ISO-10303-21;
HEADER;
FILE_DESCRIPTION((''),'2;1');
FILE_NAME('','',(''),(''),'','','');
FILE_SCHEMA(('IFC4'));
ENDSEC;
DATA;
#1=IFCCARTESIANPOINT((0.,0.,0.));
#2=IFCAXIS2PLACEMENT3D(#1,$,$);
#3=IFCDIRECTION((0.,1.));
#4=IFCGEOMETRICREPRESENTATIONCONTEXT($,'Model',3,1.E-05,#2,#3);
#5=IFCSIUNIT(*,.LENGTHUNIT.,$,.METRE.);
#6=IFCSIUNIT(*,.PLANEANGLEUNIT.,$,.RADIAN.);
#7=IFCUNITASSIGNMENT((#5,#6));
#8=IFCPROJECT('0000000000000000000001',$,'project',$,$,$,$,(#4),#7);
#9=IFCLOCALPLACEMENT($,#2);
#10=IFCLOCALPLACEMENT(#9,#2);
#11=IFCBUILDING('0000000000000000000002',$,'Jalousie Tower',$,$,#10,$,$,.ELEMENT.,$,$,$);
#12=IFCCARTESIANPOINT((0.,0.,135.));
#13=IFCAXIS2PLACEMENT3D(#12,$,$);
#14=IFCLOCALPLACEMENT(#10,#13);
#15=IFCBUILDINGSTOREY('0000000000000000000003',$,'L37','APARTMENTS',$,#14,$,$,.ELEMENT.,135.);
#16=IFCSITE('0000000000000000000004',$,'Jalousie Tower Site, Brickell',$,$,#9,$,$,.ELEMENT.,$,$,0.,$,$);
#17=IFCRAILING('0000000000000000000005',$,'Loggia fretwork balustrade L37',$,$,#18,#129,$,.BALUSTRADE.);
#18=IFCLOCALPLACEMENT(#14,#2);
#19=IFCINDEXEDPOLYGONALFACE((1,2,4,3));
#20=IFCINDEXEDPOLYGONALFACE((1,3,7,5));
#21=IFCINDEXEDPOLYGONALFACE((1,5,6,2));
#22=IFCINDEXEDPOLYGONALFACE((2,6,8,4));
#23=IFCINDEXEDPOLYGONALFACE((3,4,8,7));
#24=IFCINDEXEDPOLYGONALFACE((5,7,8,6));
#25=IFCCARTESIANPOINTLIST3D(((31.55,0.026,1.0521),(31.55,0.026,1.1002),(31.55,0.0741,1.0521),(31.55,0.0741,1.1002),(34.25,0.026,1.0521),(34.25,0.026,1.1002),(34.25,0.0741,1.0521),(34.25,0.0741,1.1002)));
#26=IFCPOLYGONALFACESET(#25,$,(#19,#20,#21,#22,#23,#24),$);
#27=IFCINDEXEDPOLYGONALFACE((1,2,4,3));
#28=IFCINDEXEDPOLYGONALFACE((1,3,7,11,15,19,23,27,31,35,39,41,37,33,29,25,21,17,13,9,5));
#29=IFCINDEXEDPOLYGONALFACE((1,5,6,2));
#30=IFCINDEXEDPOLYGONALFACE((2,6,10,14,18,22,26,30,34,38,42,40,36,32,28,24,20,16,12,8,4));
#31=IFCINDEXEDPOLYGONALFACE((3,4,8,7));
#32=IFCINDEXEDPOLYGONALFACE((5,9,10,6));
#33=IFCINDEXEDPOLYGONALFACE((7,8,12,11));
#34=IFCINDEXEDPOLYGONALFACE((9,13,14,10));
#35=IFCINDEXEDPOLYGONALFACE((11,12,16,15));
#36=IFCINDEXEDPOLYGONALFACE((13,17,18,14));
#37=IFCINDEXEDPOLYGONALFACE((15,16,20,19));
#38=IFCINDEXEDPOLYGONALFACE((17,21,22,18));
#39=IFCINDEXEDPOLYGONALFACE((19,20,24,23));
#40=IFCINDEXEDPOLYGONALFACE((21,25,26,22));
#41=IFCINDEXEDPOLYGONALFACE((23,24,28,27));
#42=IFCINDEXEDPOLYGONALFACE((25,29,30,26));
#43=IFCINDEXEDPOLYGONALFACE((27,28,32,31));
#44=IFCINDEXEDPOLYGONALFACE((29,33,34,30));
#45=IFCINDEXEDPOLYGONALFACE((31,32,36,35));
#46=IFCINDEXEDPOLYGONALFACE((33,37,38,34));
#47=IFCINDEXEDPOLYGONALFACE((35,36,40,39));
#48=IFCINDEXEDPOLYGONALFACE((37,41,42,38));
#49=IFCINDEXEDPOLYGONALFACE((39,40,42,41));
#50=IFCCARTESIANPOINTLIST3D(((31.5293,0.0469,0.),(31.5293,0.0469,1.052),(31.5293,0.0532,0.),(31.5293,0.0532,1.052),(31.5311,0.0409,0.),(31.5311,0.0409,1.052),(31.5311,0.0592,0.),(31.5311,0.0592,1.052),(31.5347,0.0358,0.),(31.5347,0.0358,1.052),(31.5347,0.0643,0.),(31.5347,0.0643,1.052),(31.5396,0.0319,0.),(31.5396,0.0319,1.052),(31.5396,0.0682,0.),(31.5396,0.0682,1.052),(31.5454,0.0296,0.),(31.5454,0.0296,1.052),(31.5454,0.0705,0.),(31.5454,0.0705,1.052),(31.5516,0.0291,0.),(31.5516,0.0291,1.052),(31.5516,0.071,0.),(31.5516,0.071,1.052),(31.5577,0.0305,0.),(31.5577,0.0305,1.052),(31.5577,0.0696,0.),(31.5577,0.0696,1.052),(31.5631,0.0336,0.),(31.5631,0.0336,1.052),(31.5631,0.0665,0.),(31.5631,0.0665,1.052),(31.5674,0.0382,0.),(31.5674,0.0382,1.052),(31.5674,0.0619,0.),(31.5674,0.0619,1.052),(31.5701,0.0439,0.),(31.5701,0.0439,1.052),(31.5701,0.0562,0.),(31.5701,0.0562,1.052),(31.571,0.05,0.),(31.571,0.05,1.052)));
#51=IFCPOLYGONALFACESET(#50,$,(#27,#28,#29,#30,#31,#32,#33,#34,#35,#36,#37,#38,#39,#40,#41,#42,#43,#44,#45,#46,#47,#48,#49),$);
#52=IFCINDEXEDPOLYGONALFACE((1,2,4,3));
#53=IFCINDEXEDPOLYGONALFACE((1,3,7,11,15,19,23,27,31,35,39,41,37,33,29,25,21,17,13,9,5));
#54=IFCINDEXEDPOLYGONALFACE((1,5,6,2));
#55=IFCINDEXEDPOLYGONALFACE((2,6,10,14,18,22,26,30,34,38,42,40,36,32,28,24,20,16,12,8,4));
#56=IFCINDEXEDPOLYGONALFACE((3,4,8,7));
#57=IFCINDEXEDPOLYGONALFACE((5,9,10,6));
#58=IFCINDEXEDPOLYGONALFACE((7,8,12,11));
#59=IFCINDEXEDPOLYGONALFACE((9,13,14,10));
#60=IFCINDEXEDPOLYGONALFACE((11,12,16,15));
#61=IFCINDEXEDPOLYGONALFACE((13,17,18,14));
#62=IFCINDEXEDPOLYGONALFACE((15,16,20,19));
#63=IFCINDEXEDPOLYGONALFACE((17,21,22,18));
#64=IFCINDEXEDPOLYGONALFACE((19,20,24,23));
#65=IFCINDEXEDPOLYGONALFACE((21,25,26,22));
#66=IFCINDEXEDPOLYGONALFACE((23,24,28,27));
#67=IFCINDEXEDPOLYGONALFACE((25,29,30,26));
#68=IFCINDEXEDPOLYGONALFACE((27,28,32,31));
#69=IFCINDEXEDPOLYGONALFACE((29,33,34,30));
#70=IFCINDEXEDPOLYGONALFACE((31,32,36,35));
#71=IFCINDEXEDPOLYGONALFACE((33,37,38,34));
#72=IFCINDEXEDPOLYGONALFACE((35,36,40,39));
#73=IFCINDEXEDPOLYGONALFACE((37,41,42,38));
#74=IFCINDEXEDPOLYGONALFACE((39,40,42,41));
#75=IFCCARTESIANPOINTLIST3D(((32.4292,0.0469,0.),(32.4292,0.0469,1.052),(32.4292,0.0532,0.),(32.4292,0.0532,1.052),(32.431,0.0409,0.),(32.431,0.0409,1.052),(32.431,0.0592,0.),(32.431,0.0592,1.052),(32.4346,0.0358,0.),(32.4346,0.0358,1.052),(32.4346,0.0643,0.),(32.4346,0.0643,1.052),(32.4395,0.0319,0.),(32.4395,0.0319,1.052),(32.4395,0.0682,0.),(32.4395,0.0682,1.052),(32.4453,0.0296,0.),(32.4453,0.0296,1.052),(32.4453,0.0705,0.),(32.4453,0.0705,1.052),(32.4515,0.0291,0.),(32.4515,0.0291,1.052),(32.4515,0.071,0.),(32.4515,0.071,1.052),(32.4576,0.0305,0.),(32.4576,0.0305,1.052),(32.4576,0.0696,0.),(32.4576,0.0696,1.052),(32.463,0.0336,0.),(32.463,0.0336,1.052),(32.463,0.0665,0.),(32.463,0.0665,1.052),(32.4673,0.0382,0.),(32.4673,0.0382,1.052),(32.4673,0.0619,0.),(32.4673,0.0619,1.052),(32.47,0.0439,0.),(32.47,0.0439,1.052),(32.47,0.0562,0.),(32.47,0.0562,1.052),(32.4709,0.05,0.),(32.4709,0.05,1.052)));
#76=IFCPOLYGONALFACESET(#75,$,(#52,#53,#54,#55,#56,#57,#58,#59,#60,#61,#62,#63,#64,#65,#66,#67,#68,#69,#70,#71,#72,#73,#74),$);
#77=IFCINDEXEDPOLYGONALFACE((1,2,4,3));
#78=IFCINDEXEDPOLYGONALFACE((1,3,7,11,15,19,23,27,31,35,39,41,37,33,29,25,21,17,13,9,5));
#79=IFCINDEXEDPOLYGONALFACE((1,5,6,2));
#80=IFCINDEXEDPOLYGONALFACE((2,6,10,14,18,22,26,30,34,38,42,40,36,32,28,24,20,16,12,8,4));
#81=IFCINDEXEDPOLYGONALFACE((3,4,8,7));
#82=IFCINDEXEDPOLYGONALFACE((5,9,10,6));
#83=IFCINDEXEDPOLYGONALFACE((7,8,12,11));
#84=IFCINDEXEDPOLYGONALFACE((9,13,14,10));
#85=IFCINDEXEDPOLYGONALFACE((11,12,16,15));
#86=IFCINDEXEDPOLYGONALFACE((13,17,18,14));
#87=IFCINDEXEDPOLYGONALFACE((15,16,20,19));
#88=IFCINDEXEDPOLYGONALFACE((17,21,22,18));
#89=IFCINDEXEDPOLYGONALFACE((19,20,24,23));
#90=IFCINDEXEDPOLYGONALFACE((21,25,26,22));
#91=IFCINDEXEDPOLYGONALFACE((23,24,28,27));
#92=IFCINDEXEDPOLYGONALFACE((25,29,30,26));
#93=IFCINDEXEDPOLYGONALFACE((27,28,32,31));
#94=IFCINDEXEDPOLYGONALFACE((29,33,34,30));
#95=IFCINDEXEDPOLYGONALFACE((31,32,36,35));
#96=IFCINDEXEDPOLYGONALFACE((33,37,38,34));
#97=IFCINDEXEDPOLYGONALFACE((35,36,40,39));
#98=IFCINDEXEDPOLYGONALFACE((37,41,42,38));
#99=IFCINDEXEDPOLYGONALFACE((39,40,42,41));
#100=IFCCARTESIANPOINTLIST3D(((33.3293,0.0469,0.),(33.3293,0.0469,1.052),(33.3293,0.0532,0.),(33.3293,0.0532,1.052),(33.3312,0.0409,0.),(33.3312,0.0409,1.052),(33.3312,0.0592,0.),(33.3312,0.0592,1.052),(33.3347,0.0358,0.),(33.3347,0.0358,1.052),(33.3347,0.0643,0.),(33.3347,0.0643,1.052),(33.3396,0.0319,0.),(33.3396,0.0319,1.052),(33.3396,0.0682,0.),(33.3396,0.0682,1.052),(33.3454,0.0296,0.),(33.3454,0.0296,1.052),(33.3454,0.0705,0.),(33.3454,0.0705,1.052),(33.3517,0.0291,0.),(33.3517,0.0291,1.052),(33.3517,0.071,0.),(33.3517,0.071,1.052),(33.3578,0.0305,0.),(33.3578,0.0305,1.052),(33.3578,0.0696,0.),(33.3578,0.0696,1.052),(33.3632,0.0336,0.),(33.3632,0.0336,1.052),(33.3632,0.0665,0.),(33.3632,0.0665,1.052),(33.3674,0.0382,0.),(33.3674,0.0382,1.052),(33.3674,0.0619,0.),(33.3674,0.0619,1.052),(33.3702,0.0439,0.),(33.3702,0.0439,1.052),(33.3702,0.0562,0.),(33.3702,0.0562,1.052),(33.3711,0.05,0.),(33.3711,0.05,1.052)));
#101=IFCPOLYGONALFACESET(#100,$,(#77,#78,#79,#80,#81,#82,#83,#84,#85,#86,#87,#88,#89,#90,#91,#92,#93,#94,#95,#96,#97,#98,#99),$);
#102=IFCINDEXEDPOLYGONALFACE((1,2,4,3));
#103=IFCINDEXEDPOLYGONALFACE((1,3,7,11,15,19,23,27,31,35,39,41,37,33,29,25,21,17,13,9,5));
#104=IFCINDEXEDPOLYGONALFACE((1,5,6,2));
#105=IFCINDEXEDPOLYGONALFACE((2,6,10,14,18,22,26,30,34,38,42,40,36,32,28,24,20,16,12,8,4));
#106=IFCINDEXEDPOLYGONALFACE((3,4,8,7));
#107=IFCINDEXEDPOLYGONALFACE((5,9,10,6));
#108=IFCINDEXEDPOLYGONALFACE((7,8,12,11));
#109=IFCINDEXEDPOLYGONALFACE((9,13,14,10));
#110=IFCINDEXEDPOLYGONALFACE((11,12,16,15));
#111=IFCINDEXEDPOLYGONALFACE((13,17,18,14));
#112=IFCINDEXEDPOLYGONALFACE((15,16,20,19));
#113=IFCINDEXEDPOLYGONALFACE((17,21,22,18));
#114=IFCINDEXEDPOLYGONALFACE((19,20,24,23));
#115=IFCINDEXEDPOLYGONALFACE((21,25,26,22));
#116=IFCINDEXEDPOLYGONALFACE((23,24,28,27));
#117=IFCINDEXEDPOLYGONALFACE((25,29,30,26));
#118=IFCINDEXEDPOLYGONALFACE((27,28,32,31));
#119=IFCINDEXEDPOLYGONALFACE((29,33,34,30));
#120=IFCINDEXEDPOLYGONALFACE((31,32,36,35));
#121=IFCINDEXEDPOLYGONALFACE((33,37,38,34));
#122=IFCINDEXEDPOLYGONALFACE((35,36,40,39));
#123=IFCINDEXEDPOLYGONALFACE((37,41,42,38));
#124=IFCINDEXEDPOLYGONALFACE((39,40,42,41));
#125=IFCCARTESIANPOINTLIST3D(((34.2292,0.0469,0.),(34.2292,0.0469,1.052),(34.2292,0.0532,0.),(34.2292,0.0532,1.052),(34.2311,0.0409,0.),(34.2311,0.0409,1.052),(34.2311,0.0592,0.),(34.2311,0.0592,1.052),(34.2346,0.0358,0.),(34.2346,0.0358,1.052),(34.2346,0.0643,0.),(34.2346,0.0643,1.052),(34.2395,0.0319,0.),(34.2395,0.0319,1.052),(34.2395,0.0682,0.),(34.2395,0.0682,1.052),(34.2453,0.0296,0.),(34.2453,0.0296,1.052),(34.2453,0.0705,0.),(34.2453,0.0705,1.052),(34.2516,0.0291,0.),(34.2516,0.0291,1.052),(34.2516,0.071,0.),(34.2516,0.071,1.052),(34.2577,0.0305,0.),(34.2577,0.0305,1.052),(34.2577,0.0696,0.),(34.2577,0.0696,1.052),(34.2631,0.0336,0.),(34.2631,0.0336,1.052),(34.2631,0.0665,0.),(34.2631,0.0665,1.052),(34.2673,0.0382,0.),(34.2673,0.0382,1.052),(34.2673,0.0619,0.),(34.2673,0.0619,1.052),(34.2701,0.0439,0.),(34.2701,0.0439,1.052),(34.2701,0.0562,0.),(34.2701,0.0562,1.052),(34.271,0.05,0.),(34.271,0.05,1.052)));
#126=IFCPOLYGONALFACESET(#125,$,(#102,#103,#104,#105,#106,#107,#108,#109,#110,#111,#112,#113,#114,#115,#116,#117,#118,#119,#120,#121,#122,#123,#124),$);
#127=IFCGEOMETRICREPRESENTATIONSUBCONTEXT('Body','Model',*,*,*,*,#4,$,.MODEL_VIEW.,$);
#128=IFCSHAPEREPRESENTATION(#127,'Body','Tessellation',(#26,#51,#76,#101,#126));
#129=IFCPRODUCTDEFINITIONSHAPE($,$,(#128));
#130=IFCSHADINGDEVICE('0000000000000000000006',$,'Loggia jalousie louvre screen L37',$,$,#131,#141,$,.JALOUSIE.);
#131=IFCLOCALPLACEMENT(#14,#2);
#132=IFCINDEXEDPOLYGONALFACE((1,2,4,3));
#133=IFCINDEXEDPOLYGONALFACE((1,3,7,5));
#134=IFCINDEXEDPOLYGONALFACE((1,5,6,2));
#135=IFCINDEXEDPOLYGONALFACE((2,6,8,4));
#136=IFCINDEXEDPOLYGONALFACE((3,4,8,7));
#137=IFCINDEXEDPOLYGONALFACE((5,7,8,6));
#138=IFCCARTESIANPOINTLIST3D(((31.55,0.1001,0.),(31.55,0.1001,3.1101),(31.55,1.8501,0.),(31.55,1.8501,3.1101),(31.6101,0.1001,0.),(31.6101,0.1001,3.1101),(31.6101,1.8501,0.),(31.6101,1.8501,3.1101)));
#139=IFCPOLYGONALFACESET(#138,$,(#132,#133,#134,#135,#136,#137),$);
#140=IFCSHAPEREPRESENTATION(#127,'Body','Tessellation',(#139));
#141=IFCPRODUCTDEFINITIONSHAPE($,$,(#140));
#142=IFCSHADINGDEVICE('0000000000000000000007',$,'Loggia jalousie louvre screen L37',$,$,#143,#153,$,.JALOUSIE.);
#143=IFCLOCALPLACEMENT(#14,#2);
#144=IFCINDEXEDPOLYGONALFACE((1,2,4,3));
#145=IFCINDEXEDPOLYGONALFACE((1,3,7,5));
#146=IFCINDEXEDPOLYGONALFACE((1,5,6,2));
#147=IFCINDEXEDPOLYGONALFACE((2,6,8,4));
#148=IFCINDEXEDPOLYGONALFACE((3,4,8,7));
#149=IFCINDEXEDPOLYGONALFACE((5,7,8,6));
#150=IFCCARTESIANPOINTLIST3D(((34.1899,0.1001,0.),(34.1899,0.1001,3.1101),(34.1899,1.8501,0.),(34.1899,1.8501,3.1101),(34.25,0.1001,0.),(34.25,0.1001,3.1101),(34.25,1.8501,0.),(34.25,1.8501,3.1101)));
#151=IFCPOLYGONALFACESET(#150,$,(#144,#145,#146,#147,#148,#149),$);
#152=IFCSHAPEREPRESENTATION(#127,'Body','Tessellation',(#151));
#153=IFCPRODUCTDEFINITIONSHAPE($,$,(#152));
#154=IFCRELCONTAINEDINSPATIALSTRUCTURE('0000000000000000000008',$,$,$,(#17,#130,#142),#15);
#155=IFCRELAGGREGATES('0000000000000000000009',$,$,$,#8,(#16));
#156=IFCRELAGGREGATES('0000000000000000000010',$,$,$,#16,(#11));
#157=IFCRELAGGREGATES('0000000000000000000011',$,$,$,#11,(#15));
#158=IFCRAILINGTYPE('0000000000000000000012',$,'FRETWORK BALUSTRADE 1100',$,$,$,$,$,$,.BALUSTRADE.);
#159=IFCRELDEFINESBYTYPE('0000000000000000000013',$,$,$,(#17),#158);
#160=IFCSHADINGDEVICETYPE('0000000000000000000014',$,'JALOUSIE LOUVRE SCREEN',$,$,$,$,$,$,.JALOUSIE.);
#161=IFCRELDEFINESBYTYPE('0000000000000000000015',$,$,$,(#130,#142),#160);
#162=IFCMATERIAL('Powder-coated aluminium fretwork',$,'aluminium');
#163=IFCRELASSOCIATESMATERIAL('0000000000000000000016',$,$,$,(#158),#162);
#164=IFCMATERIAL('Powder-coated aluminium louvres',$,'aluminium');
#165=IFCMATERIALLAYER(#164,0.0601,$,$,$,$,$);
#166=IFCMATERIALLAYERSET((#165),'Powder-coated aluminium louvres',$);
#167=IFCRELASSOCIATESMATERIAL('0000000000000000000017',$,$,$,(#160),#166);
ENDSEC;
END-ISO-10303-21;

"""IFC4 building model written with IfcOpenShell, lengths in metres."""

from ifc_helpers import new_model, si_unit, direction, frame, origin, origin_2d, place, context, subcontext, project, spatial, rectangle, circle, extrude, material, layer, layer_set, type_object, element, save


model = new_model("IFC4")

# Units and contexts
model_context = context("Model", 3, precision=1e-05, world=origin(), true_north=direction((0.0, 1.0)))
body_context = subcontext(model_context, "Body", "Model", "MODEL_VIEW")
ifc_project = project(units=[si_unit("LENGTHUNIT", "METRE"), si_unit("PLANEANGLEUNIT", "RADIAN")], contexts=[model_context])

# Site, building, storey
site_placement = place(None, origin())
site = spatial("IfcSite", under=ifc_project, at=site_placement, Name="Jalousie Tower Site, Brickell", CompositionType="ELEMENT", RefElevation=0.0)
building_placement = place(site_placement, origin())
building = spatial("IfcBuilding", under=site, at=building_placement, Name="Jalousie Tower", CompositionType="ELEMENT")
storey_placement = place(building_placement, frame((0.0, 0.0, 135.0)))
storey = spatial("IfcBuildingStorey", under=building, at=storey_placement, Name="L37", Description="APARTMENTS", CompositionType="ELEMENT", Elevation=135.0)

# Railing
ifc_material_1 = material(Name="Powder-coated aluminium fretwork", Category="aluminium")
railing_type = type_object("IfcRailingType", Name="FRETWORK BALUSTRADE 1100", PredefinedType="BALUSTRADE", material=ifc_material_1)
railing_placement = place(storey_placement, frame((31.55, 0.05, 0.0)))
element("IfcRailing", 1, at=railing_placement, inside=storey, type_object=railing_type, Name="Loggia fretwork balustrade L37", PredefinedType="BALUSTRADE", context=body_context, shape_type="SweptSolid", body=[
    extrude(rectangle(XDim=0.0481, YDim=0.0481, at=origin_2d()), frame((0.0, 0.0, 1.0762), z_axis=(1.0, 0.0, 0.0), x_axis=(0.0, 1.0, 0.0)), (0.0, 0.0, 1.0), 2.7),
    extrude(circle(Radius=0.021, at=origin_2d()), origin(), (0.0, 0.0, 1.0), 1.052),
    extrude(circle(Radius=0.021, at=origin_2d()), frame((0.8999, 0.0, 0.0)), (0.0, 0.0, 1.0), 1.052),
    extrude(circle(Radius=0.021, at=origin_2d()), frame((1.8, 0.0, 0.0)), (0.0, 0.0, 1.0), 1.052),
    extrude(circle(Radius=0.021, at=origin_2d()), frame((2.7, 0.0, 0.0)), (0.0, 0.0, 1.0), 1.052),
])

# Shading devices
ifc_material_2 = material(Name="Powder-coated aluminium louvres", Category="aluminium")
ifc_layer_1 = layer(ifc_material_2, 0.0601)
ifc_layer_set_1 = layer_set([ifc_layer_1], Name="Powder-coated aluminium louvres")
shading_device_type_1 = type_object("IfcShadingDeviceType", Name="JALOUSIE LOUVRE SCREEN", PredefinedType="JALOUSIE", material=ifc_layer_set_1)
for number, where, z_axis, x_axis, name in (
    (2, (31.5801, 0.9751, 0.0), (0.0, 0.0, 1.0), (1.0, 0.0, 0.0), "Loggia jalousie louvre screen L37"),
    (3, (34.22, 0.9751, 0.0), (0.0, 0.0, 1.0), (1.0, 0.0, 0.0), "Loggia jalousie louvre screen L37"),
):
    element("IfcShadingDevice", number, at=place(storey_placement, frame(where, z_axis=z_axis, x_axis=x_axis)), inside=storey, type_object=shading_device_type_1, Name=name, PredefinedType="JALOUSIE", context=body_context, shape_type="SweptSolid", body=[
        extrude(rectangle(XDim=0.0601, YDim=1.75, at=origin_2d()), origin(), (0.0, 0.0, 1.0), 3.1101),
    ])

save(model, "model.ifc")
